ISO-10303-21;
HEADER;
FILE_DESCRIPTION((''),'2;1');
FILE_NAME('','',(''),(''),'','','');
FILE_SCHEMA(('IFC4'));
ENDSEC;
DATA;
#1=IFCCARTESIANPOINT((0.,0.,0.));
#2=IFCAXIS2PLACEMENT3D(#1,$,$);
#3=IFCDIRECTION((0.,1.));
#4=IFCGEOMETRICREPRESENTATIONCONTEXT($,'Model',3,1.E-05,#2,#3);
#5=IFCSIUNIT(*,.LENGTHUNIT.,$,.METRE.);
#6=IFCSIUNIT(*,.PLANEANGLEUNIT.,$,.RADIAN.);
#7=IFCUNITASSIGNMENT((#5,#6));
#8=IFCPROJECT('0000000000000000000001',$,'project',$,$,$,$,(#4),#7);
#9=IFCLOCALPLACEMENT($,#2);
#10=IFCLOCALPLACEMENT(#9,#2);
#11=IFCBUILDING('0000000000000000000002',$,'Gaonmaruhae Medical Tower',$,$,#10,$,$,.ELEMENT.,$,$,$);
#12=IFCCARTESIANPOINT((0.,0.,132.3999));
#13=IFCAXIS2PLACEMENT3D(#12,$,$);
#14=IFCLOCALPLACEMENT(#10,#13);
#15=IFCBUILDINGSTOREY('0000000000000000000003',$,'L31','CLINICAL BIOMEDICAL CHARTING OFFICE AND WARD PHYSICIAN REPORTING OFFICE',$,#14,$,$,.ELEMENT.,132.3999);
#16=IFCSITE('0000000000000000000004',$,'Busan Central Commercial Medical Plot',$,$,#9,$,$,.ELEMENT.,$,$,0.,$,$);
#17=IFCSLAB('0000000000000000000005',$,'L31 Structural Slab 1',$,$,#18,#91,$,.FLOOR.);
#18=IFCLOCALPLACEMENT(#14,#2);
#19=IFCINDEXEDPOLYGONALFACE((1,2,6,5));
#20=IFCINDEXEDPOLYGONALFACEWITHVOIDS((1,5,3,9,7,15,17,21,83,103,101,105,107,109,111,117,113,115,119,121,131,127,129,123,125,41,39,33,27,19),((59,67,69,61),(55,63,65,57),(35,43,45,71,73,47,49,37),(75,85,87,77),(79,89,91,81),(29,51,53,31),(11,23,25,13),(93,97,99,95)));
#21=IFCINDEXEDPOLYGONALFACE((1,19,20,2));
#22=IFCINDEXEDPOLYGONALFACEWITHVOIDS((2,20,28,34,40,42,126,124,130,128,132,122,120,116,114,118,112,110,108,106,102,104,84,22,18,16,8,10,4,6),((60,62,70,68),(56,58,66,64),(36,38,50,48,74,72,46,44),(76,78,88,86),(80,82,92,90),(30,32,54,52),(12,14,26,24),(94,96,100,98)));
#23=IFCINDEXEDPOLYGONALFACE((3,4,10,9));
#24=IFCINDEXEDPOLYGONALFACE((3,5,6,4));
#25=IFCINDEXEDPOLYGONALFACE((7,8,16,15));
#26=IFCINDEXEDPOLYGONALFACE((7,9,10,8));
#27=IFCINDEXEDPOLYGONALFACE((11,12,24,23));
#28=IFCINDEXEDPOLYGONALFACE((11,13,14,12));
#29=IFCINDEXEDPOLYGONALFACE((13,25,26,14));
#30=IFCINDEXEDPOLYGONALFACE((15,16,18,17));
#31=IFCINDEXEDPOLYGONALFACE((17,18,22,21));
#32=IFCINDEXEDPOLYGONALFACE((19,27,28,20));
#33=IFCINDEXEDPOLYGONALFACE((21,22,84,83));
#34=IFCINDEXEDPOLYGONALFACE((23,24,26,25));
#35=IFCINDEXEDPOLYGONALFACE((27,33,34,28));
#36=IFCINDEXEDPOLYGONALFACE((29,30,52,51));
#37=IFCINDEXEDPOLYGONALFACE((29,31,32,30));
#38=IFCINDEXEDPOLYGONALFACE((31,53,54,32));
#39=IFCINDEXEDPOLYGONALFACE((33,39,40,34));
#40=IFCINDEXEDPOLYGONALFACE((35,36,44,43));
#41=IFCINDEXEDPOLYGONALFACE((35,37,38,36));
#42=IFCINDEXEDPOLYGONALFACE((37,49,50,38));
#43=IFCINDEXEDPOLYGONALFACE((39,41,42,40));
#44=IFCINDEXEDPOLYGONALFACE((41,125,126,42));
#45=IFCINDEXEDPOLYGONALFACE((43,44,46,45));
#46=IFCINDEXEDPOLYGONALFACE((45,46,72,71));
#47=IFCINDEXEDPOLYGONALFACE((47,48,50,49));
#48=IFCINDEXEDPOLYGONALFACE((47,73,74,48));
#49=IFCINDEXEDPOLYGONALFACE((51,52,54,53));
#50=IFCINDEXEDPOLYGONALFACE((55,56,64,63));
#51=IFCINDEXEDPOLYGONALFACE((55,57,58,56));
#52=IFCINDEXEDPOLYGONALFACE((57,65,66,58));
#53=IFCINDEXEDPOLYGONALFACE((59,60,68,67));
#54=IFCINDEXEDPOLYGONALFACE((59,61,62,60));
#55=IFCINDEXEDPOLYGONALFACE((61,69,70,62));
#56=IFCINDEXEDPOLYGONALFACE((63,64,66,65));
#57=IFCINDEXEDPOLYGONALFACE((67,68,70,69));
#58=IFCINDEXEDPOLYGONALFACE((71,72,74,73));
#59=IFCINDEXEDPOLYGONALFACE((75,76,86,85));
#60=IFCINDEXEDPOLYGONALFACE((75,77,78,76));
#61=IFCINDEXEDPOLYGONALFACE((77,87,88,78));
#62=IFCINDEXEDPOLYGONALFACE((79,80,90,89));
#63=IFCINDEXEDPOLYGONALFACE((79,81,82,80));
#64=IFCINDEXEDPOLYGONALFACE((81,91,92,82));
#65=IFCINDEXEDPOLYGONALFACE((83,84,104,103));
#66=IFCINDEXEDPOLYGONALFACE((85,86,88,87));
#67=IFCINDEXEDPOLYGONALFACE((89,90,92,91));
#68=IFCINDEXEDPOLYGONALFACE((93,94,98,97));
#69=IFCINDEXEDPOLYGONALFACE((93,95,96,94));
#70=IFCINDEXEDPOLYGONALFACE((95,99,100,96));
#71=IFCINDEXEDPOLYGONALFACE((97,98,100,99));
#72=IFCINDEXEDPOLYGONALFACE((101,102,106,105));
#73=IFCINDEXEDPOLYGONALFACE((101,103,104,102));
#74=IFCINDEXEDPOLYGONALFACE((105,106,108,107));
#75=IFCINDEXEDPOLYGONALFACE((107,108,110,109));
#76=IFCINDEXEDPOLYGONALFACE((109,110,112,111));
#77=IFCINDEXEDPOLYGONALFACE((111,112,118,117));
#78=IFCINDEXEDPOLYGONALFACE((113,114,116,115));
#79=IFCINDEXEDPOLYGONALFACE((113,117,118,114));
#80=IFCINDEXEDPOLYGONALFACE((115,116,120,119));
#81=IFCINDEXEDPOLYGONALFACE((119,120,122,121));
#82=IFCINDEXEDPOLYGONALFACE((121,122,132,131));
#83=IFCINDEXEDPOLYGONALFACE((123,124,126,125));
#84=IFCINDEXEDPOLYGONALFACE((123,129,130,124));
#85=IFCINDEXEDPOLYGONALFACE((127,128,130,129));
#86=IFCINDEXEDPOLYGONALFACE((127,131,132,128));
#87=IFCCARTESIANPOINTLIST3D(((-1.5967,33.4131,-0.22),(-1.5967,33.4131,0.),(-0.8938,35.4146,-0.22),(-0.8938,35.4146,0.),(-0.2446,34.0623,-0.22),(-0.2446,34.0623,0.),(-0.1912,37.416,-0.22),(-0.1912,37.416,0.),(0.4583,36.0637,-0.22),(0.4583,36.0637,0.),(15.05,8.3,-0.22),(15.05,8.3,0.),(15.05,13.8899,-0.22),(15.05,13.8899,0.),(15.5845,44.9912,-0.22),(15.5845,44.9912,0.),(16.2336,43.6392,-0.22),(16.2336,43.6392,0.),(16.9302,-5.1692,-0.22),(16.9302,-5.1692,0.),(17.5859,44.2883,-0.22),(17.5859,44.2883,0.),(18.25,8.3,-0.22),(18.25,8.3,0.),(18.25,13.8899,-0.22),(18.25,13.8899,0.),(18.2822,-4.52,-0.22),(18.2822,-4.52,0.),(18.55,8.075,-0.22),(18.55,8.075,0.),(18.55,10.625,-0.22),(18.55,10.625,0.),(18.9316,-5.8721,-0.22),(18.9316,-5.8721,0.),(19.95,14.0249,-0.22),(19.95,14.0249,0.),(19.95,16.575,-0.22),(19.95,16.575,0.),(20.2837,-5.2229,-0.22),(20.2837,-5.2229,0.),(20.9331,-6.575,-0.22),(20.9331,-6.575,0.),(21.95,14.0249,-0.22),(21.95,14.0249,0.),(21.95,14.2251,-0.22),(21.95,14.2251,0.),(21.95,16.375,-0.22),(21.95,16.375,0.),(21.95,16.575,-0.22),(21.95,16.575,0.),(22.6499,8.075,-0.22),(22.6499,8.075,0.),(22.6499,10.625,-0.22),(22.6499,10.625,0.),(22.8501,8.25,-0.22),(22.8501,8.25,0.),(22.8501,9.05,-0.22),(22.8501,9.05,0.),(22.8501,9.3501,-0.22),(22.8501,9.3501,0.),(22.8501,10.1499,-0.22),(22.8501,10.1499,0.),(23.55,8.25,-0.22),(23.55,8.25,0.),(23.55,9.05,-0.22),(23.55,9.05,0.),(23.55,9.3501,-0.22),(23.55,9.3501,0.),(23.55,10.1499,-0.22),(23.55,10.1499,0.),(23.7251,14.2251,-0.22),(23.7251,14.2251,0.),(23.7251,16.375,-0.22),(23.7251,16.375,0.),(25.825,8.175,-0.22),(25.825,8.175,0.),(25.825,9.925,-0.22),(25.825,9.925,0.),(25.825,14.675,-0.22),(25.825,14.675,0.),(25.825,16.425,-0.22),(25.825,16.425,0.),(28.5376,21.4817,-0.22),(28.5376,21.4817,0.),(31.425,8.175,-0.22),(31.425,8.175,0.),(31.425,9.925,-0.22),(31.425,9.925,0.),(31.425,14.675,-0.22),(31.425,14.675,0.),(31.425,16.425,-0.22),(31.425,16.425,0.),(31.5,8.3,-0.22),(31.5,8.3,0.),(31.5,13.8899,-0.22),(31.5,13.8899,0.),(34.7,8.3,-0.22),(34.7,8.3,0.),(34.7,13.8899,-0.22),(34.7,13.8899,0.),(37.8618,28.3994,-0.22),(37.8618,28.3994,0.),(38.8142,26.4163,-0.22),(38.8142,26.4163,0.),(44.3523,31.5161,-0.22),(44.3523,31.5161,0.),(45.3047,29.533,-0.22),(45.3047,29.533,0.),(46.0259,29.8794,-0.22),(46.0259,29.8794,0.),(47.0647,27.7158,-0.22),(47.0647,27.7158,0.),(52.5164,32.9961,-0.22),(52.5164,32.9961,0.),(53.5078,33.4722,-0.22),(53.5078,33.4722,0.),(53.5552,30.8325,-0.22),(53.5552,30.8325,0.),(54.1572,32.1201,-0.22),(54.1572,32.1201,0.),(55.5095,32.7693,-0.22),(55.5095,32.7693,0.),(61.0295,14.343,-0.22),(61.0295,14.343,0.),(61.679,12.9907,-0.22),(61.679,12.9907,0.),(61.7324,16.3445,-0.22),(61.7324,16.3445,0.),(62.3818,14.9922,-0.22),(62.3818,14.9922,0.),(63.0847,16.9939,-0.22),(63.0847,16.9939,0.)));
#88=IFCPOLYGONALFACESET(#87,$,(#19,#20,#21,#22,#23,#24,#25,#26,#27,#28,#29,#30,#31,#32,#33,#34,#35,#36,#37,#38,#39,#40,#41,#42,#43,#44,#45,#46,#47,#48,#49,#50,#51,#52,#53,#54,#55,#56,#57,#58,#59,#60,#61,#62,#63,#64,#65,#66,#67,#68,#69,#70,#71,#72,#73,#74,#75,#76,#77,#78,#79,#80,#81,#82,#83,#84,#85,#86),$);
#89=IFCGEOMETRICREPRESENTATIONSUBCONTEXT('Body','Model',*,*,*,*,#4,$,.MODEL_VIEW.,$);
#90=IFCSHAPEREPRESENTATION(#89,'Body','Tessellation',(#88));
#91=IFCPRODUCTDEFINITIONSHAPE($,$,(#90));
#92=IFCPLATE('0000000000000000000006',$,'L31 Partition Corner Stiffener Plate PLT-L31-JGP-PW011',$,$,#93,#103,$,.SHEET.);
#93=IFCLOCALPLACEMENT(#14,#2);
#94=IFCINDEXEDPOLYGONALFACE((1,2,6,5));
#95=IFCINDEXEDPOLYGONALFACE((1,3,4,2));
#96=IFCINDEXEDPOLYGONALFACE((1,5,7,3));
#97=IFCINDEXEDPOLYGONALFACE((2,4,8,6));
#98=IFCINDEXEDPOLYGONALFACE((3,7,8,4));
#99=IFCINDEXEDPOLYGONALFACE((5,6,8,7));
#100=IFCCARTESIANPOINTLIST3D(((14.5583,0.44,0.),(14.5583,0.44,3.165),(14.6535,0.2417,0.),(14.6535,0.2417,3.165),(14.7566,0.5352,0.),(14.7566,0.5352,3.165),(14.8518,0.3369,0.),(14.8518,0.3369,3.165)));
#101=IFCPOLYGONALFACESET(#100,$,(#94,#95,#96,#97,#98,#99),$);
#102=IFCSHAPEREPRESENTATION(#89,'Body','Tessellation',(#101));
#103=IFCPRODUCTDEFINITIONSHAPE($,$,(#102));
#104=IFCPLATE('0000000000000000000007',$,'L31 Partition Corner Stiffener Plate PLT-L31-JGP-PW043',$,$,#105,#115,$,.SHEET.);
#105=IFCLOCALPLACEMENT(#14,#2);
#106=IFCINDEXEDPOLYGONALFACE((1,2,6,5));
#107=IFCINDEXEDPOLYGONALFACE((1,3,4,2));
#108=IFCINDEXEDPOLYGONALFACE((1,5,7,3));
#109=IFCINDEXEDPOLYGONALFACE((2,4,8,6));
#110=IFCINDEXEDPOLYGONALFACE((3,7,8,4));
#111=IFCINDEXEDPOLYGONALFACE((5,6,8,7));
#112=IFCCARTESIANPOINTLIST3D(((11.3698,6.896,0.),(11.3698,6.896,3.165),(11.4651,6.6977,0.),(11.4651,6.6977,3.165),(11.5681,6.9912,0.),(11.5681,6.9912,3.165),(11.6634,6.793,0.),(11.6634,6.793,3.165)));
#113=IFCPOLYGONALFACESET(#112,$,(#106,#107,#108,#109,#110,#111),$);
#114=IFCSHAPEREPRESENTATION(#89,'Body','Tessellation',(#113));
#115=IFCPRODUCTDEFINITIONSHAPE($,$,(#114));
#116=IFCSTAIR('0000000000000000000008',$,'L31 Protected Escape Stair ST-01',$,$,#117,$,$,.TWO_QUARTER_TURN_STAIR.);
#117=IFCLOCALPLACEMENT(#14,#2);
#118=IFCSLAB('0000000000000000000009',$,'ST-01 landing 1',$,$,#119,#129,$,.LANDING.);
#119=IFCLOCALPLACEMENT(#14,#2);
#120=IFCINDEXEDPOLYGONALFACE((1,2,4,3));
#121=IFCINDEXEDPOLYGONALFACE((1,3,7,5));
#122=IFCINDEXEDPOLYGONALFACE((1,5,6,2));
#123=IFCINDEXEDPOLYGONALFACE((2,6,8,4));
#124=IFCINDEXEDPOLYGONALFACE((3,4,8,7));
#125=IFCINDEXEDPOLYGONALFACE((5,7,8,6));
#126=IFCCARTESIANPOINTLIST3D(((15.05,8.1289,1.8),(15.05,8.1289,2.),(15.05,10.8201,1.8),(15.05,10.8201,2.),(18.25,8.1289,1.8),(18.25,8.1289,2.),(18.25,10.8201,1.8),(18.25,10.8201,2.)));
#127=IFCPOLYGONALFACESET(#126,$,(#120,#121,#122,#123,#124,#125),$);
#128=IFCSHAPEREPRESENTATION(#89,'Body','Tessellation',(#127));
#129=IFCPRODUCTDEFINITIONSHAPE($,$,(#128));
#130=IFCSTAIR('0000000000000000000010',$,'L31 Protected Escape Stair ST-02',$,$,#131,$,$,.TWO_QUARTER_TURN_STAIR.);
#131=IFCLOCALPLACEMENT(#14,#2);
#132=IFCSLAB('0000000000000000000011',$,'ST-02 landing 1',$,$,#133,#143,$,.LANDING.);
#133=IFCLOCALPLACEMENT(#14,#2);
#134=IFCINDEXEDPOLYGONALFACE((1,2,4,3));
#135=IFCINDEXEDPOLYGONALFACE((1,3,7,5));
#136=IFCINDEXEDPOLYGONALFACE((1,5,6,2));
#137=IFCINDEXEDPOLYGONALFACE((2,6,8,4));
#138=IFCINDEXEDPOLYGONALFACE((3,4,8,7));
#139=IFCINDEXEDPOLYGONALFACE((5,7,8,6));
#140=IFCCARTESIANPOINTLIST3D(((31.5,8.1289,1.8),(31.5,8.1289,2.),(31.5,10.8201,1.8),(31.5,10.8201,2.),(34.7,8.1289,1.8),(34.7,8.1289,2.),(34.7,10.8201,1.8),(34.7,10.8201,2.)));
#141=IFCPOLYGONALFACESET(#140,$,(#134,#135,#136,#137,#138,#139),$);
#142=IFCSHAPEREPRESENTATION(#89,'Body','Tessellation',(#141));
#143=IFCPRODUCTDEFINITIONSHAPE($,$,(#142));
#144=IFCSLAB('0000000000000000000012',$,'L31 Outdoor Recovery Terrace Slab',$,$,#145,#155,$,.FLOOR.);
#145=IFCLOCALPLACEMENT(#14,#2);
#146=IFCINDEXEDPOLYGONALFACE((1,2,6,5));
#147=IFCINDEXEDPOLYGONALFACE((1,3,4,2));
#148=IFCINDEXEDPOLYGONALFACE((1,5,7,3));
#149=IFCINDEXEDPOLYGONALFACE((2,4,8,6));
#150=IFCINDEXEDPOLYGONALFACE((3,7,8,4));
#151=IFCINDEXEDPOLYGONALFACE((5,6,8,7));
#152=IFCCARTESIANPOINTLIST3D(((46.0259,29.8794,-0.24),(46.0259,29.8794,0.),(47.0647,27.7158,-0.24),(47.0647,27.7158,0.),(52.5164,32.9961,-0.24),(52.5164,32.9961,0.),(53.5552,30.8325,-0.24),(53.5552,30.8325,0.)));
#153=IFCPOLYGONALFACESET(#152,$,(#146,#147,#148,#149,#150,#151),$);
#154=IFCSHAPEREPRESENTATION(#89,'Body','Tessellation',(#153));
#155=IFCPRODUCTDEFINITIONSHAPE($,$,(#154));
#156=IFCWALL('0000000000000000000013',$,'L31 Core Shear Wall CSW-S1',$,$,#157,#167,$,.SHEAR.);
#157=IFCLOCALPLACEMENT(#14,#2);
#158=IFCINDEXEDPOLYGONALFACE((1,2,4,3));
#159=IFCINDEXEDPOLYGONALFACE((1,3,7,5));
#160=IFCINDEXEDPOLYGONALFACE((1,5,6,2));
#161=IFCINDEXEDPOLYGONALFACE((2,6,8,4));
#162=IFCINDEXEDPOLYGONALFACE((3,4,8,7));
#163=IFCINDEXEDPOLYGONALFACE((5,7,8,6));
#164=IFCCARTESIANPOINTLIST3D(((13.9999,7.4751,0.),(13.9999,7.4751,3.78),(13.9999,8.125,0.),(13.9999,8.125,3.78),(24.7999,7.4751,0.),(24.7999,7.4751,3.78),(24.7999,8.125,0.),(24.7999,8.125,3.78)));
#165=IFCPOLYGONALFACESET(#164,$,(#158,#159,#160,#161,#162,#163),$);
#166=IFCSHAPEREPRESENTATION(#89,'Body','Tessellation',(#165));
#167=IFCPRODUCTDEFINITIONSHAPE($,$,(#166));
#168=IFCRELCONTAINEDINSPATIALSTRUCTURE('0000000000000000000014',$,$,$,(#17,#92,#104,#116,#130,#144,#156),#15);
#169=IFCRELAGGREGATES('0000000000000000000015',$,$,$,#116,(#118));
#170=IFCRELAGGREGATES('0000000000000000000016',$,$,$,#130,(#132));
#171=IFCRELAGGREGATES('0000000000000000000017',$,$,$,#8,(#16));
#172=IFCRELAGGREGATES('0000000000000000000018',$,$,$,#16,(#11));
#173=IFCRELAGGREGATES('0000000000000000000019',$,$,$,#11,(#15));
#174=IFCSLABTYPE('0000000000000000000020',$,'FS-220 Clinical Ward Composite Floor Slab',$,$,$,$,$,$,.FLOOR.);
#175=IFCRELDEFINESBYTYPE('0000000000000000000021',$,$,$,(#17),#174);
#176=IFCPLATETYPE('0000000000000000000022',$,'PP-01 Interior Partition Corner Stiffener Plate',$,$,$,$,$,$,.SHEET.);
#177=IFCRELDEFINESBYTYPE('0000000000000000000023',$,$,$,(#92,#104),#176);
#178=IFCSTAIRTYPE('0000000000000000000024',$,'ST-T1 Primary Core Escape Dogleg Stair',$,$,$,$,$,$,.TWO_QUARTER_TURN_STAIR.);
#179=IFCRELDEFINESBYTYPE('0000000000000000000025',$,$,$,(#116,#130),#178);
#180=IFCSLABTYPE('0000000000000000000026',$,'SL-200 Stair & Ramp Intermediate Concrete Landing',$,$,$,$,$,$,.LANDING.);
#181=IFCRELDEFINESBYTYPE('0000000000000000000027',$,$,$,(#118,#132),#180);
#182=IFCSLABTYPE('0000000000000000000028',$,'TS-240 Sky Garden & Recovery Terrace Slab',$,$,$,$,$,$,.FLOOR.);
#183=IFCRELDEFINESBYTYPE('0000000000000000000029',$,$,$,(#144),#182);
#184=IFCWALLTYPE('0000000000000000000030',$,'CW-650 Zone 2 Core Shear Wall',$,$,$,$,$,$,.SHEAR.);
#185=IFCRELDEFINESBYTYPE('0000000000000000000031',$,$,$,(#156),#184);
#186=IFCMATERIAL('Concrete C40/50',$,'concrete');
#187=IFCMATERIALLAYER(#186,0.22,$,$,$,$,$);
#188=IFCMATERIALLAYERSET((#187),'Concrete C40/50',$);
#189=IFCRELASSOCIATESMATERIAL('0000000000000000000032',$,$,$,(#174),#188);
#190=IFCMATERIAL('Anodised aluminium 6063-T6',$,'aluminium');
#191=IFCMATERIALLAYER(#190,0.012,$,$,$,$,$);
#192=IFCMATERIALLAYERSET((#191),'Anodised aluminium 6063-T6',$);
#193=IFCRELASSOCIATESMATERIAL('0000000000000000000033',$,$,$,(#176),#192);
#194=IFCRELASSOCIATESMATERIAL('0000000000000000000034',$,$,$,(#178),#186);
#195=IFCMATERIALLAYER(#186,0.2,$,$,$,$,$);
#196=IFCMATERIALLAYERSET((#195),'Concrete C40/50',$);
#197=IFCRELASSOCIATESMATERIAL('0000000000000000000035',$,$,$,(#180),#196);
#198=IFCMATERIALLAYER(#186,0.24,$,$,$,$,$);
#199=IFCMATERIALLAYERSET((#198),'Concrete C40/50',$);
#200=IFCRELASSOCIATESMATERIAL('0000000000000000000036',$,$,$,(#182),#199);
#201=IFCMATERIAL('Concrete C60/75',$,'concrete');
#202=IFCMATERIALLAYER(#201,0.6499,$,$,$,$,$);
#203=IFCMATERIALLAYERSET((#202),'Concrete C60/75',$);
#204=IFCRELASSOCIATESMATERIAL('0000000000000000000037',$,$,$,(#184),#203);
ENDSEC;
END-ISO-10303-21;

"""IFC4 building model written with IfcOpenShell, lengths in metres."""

from ifc_helpers import new_model, si_unit, direction, frame, frame_2d, origin, origin_2d, place, context, subcontext, project, spatial, polyline, rectangle, outline, extrude, material, layer, layer_set, type_object, element, aggregate, save


model = new_model("IFC4")

# Units and contexts
model_context = context("Model", 3, precision=1e-05, world=origin(), true_north=direction((0.0, 1.0)))
body_context = subcontext(model_context, "Body", "Model", "MODEL_VIEW")
ifc_project = project(units=[si_unit("LENGTHUNIT", "METRE"), si_unit("PLANEANGLEUNIT", "RADIAN")], contexts=[model_context])

# Site, building, storey
site_placement = place(None, origin())
site = spatial("IfcSite", under=ifc_project, at=site_placement, Name="Busan Central Commercial Medical Plot", CompositionType="ELEMENT", RefElevation=0.0)
building_placement = place(site_placement, origin())
building = spatial("IfcBuilding", under=site, at=building_placement, Name="Gaonmaruhae Medical Tower", CompositionType="ELEMENT")
storey_placement = place(building_placement, frame((0.0, 0.0, 132.3999)))
storey = spatial("IfcBuildingStorey", under=building, at=storey_placement, Name="L31", Description="CLINICAL BIOMEDICAL CHARTING OFFICE AND WARD PHYSICIAN REPORTING OFFICE", CompositionType="ELEMENT", Elevation=132.3999)

# Shared definitions
ifc_material_1 = material(Name="Concrete C60/75", Category="concrete")

# Slab
ifc_material_2 = material(Name="Concrete C40/50", Category="concrete")
ifc_layer_1 = layer(ifc_material_2, 0.22)
ifc_layer_set_1 = layer_set([ifc_layer_1], Name="Concrete C40/50")
slab_type_1 = type_object("IfcSlabType", Name="FS-220 Clinical Ward Composite Floor Slab", PredefinedType="FLOOR", material=ifc_layer_set_1)
slab_1_placement = place(storey_placement, frame((0.0, 0.0, -0.22)))
element("IfcSlab", 1, at=slab_1_placement, inside=storey, type_object=slab_type_1, Name="L31 Structural Slab 1", PredefinedType="FLOOR", context=body_context, shape_type="SweptSolid", body=[
    extrude(outline(polyline([(54.1572, 32.1201), (55.5095, 32.7693), (63.0847, 16.9939), (61.7324, 16.3445), (62.3818, 14.9922), (61.0295, 14.343), (61.679, 12.9907), (20.9331, -6.575), (20.2837, -5.2229), (18.9316, -5.8721), (18.2822, -4.52), (16.9302, -5.1692), (-1.5967, 33.4131), (-0.2446, 34.0623), (-0.8938, 35.4146), (0.4583, 36.0637), (-0.1912, 37.416), (15.5845, 44.9912), (16.2336, 43.6392), (17.5859, 44.2883), (28.5376, 21.4817), (38.8142, 26.4163), (37.8618, 28.3994), (44.3523, 31.5161), (45.3047, 29.533), (46.0259, 29.8794), (47.0647, 27.7158), (53.5552, 30.8325), (52.5164, 32.9961), (53.5078, 33.4722), (54.1572, 32.1201)]), holes=[polyline([(23.55, 8.25), (22.8501, 8.25), (22.8501, 9.05), (23.55, 9.05), (23.55, 8.25)]), polyline([(25.825, 9.925), (31.425, 9.925), (31.425, 8.175), (25.825, 8.175), (25.825, 9.925)]), polyline([(22.6499, 10.625), (22.6499, 8.075), (18.55, 8.075), (18.55, 10.625), (22.6499, 10.625)]), polyline([(23.55, 9.3501), (22.8501, 9.3501), (22.8501, 10.1499), (23.55, 10.1499), (23.55, 9.3501)]), polyline([(15.05, 13.8899), (18.25, 13.8899), (18.25, 8.3), (15.05, 8.3), (15.05, 13.8899)]), polyline([(31.5, 13.8899), (34.7, 13.8899), (34.7, 8.3), (31.5, 8.3), (31.5, 13.8899)]), polyline([(21.95, 14.2251), (21.95, 14.0249), (19.95, 14.0249), (19.95, 16.575), (21.95, 16.575), (21.95, 16.375), (23.7251, 16.375), (23.7251, 14.2251), (21.95, 14.2251)]), polyline([(25.825, 16.425), (31.425, 16.425), (31.425, 14.675), (25.825, 14.675), (25.825, 16.425)])]), origin(), (0.0, 0.0, 1.0), 0.22),
])

# Plates
ifc_material_3 = material(Name="Anodised aluminium 6063-T6", Category="aluminium")
ifc_layer_2 = layer(ifc_material_3, 0.012)
ifc_layer_set_2 = layer_set([ifc_layer_2], Name="Anodised aluminium 6063-T6")
plate_type = type_object("IfcPlateType", Name="PP-01 Interior Partition Corner Stiffener Plate", PredefinedType="SHEET", material=ifc_layer_set_2)
for number, where, z_axis, x_axis, name in (
    (2, (14.7051, 0.3884, 0.0), (0.0, 0.0, 1.0), (-0.432668, 0.901553, 0.0), "L31 Partition Corner Stiffener Plate PLT-L31-JGP-PW011"),
    (3, (11.5166, 6.8445, 0.0), (0.0, 0.0, 1.0), (-0.432967, 0.90141, 0.0), "L31 Partition Corner Stiffener Plate PLT-L31-JGP-PW043"),
):
    element("IfcPlate", number, at=place(storey_placement, frame(where, z_axis=z_axis, x_axis=x_axis)), inside=storey, type_object=plate_type, Name=name, PredefinedType="SHEET", context=body_context, shape_type="SweptSolid", body=[
        extrude(rectangle(XDim=0.22, YDim=0.22, at=origin_2d()), origin(), (0.0, 0.0, 1.0), 3.165),
    ])

# Stairs, slabs
stair_type = type_object("IfcStairType", Name="ST-T1 Primary Core Escape Dogleg Stair", PredefinedType="TWO_QUARTER_TURN_STAIR", material=ifc_material_2)
stair_1_placement = place(storey_placement, origin())
stair_1 = element("IfcStair", 4, at=stair_1_placement, inside=storey, type_object=stair_type, Name="L31 Protected Escape Stair ST-01", PredefinedType="TWO_QUARTER_TURN_STAIR")
ifc_layer_3 = layer(ifc_material_2, 0.2)
ifc_layer_set_3 = layer_set([ifc_layer_3], Name="Concrete C40/50")
slab_type_2 = type_object("IfcSlabType", Name="SL-200 Stair & Ramp Intermediate Concrete Landing", PredefinedType="LANDING", material=ifc_layer_set_3)
slab_2_placement = place(storey_placement, frame((0.0, 0.0, 1.8)))
slab_2 = element("IfcSlab", 5, at=slab_2_placement, type_object=slab_type_2, Name="ST-01 landing 1", PredefinedType="LANDING", context=body_context, shape_type="SweptSolid", body=[
    extrude(outline(polyline([(15.05, 10.8201), (15.05, 8.1289), (18.25, 8.1289), (18.25, 10.8201), (15.05, 10.8201)])), origin(), (0.0, 0.0, 1.0), 0.2),
])
aggregate(stair_1, [slab_2])
stair_2_placement = place(storey_placement, origin())
stair_2 = element("IfcStair", 6, at=stair_2_placement, inside=storey, type_object=stair_type, Name="L31 Protected Escape Stair ST-02", PredefinedType="TWO_QUARTER_TURN_STAIR")
slab_3_placement = place(storey_placement, frame((0.0, 0.0, 1.8)))
slab_3 = element("IfcSlab", 7, at=slab_3_placement, type_object=slab_type_2, Name="ST-02 landing 1", PredefinedType="LANDING", context=body_context, shape_type="SweptSolid", body=[
    extrude(outline(polyline([(31.5, 10.8201), (31.5, 8.1289), (34.7, 8.1289), (34.7, 10.8201), (31.5, 10.8201)])), origin(), (0.0, 0.0, 1.0), 0.2),
])
aggregate(stair_2, [slab_3])

# Slab
ifc_layer_4 = layer(ifc_material_2, 0.24)
ifc_layer_set_4 = layer_set([ifc_layer_4], Name="Concrete C40/50")
slab_type_3 = type_object("IfcSlabType", Name="TS-240 Sky Garden & Recovery Terrace Slab", PredefinedType="FLOOR", material=ifc_layer_set_4)
slab_4_placement = place(storey_placement, frame((0.0, 0.0, -0.24)))
element("IfcSlab", 8, at=slab_4_placement, inside=storey, type_object=slab_type_3, Name="L31 Outdoor Recovery Terrace Slab", PredefinedType="FLOOR", context=body_context, shape_type="SweptSolid", body=[
    extrude(outline(polyline([(47.0647, 27.7158), (53.5552, 30.8325), (52.5164, 32.9961), (46.0259, 29.8794), (47.0647, 27.7158)])), origin(), (0.0, 0.0, 1.0), 0.24),
])

# Wall
ifc_layer_5 = layer(ifc_material_1, 0.6499)
ifc_layer_set_5 = layer_set([ifc_layer_5], Name="Concrete C60/75")
wall_type_1 = type_object("IfcWallType", Name="CW-650 Zone 2 Core Shear Wall", PredefinedType="SHEAR", material=ifc_layer_set_5)
wall_1_placement = place(storey_placement, frame((14.0, 7.8, 0.0), z_axis=(0.0, 0.0, 1.0), x_axis=(1.0, 0.0, 0.0)))
element("IfcWall", 9, at=wall_1_placement, inside=storey, type_object=wall_type_1, Name="L31 Core Shear Wall CSW-S1", PredefinedType="SHEAR", context=body_context, shape_type="SweptSolid", body=[
    extrude(rectangle(XDim=10.8, YDim=0.6499, at=frame_2d((5.3999, 0.0))), origin(), (0.0, 0.0, 1.0), 3.78),
])

save(model, "model.ifc")
